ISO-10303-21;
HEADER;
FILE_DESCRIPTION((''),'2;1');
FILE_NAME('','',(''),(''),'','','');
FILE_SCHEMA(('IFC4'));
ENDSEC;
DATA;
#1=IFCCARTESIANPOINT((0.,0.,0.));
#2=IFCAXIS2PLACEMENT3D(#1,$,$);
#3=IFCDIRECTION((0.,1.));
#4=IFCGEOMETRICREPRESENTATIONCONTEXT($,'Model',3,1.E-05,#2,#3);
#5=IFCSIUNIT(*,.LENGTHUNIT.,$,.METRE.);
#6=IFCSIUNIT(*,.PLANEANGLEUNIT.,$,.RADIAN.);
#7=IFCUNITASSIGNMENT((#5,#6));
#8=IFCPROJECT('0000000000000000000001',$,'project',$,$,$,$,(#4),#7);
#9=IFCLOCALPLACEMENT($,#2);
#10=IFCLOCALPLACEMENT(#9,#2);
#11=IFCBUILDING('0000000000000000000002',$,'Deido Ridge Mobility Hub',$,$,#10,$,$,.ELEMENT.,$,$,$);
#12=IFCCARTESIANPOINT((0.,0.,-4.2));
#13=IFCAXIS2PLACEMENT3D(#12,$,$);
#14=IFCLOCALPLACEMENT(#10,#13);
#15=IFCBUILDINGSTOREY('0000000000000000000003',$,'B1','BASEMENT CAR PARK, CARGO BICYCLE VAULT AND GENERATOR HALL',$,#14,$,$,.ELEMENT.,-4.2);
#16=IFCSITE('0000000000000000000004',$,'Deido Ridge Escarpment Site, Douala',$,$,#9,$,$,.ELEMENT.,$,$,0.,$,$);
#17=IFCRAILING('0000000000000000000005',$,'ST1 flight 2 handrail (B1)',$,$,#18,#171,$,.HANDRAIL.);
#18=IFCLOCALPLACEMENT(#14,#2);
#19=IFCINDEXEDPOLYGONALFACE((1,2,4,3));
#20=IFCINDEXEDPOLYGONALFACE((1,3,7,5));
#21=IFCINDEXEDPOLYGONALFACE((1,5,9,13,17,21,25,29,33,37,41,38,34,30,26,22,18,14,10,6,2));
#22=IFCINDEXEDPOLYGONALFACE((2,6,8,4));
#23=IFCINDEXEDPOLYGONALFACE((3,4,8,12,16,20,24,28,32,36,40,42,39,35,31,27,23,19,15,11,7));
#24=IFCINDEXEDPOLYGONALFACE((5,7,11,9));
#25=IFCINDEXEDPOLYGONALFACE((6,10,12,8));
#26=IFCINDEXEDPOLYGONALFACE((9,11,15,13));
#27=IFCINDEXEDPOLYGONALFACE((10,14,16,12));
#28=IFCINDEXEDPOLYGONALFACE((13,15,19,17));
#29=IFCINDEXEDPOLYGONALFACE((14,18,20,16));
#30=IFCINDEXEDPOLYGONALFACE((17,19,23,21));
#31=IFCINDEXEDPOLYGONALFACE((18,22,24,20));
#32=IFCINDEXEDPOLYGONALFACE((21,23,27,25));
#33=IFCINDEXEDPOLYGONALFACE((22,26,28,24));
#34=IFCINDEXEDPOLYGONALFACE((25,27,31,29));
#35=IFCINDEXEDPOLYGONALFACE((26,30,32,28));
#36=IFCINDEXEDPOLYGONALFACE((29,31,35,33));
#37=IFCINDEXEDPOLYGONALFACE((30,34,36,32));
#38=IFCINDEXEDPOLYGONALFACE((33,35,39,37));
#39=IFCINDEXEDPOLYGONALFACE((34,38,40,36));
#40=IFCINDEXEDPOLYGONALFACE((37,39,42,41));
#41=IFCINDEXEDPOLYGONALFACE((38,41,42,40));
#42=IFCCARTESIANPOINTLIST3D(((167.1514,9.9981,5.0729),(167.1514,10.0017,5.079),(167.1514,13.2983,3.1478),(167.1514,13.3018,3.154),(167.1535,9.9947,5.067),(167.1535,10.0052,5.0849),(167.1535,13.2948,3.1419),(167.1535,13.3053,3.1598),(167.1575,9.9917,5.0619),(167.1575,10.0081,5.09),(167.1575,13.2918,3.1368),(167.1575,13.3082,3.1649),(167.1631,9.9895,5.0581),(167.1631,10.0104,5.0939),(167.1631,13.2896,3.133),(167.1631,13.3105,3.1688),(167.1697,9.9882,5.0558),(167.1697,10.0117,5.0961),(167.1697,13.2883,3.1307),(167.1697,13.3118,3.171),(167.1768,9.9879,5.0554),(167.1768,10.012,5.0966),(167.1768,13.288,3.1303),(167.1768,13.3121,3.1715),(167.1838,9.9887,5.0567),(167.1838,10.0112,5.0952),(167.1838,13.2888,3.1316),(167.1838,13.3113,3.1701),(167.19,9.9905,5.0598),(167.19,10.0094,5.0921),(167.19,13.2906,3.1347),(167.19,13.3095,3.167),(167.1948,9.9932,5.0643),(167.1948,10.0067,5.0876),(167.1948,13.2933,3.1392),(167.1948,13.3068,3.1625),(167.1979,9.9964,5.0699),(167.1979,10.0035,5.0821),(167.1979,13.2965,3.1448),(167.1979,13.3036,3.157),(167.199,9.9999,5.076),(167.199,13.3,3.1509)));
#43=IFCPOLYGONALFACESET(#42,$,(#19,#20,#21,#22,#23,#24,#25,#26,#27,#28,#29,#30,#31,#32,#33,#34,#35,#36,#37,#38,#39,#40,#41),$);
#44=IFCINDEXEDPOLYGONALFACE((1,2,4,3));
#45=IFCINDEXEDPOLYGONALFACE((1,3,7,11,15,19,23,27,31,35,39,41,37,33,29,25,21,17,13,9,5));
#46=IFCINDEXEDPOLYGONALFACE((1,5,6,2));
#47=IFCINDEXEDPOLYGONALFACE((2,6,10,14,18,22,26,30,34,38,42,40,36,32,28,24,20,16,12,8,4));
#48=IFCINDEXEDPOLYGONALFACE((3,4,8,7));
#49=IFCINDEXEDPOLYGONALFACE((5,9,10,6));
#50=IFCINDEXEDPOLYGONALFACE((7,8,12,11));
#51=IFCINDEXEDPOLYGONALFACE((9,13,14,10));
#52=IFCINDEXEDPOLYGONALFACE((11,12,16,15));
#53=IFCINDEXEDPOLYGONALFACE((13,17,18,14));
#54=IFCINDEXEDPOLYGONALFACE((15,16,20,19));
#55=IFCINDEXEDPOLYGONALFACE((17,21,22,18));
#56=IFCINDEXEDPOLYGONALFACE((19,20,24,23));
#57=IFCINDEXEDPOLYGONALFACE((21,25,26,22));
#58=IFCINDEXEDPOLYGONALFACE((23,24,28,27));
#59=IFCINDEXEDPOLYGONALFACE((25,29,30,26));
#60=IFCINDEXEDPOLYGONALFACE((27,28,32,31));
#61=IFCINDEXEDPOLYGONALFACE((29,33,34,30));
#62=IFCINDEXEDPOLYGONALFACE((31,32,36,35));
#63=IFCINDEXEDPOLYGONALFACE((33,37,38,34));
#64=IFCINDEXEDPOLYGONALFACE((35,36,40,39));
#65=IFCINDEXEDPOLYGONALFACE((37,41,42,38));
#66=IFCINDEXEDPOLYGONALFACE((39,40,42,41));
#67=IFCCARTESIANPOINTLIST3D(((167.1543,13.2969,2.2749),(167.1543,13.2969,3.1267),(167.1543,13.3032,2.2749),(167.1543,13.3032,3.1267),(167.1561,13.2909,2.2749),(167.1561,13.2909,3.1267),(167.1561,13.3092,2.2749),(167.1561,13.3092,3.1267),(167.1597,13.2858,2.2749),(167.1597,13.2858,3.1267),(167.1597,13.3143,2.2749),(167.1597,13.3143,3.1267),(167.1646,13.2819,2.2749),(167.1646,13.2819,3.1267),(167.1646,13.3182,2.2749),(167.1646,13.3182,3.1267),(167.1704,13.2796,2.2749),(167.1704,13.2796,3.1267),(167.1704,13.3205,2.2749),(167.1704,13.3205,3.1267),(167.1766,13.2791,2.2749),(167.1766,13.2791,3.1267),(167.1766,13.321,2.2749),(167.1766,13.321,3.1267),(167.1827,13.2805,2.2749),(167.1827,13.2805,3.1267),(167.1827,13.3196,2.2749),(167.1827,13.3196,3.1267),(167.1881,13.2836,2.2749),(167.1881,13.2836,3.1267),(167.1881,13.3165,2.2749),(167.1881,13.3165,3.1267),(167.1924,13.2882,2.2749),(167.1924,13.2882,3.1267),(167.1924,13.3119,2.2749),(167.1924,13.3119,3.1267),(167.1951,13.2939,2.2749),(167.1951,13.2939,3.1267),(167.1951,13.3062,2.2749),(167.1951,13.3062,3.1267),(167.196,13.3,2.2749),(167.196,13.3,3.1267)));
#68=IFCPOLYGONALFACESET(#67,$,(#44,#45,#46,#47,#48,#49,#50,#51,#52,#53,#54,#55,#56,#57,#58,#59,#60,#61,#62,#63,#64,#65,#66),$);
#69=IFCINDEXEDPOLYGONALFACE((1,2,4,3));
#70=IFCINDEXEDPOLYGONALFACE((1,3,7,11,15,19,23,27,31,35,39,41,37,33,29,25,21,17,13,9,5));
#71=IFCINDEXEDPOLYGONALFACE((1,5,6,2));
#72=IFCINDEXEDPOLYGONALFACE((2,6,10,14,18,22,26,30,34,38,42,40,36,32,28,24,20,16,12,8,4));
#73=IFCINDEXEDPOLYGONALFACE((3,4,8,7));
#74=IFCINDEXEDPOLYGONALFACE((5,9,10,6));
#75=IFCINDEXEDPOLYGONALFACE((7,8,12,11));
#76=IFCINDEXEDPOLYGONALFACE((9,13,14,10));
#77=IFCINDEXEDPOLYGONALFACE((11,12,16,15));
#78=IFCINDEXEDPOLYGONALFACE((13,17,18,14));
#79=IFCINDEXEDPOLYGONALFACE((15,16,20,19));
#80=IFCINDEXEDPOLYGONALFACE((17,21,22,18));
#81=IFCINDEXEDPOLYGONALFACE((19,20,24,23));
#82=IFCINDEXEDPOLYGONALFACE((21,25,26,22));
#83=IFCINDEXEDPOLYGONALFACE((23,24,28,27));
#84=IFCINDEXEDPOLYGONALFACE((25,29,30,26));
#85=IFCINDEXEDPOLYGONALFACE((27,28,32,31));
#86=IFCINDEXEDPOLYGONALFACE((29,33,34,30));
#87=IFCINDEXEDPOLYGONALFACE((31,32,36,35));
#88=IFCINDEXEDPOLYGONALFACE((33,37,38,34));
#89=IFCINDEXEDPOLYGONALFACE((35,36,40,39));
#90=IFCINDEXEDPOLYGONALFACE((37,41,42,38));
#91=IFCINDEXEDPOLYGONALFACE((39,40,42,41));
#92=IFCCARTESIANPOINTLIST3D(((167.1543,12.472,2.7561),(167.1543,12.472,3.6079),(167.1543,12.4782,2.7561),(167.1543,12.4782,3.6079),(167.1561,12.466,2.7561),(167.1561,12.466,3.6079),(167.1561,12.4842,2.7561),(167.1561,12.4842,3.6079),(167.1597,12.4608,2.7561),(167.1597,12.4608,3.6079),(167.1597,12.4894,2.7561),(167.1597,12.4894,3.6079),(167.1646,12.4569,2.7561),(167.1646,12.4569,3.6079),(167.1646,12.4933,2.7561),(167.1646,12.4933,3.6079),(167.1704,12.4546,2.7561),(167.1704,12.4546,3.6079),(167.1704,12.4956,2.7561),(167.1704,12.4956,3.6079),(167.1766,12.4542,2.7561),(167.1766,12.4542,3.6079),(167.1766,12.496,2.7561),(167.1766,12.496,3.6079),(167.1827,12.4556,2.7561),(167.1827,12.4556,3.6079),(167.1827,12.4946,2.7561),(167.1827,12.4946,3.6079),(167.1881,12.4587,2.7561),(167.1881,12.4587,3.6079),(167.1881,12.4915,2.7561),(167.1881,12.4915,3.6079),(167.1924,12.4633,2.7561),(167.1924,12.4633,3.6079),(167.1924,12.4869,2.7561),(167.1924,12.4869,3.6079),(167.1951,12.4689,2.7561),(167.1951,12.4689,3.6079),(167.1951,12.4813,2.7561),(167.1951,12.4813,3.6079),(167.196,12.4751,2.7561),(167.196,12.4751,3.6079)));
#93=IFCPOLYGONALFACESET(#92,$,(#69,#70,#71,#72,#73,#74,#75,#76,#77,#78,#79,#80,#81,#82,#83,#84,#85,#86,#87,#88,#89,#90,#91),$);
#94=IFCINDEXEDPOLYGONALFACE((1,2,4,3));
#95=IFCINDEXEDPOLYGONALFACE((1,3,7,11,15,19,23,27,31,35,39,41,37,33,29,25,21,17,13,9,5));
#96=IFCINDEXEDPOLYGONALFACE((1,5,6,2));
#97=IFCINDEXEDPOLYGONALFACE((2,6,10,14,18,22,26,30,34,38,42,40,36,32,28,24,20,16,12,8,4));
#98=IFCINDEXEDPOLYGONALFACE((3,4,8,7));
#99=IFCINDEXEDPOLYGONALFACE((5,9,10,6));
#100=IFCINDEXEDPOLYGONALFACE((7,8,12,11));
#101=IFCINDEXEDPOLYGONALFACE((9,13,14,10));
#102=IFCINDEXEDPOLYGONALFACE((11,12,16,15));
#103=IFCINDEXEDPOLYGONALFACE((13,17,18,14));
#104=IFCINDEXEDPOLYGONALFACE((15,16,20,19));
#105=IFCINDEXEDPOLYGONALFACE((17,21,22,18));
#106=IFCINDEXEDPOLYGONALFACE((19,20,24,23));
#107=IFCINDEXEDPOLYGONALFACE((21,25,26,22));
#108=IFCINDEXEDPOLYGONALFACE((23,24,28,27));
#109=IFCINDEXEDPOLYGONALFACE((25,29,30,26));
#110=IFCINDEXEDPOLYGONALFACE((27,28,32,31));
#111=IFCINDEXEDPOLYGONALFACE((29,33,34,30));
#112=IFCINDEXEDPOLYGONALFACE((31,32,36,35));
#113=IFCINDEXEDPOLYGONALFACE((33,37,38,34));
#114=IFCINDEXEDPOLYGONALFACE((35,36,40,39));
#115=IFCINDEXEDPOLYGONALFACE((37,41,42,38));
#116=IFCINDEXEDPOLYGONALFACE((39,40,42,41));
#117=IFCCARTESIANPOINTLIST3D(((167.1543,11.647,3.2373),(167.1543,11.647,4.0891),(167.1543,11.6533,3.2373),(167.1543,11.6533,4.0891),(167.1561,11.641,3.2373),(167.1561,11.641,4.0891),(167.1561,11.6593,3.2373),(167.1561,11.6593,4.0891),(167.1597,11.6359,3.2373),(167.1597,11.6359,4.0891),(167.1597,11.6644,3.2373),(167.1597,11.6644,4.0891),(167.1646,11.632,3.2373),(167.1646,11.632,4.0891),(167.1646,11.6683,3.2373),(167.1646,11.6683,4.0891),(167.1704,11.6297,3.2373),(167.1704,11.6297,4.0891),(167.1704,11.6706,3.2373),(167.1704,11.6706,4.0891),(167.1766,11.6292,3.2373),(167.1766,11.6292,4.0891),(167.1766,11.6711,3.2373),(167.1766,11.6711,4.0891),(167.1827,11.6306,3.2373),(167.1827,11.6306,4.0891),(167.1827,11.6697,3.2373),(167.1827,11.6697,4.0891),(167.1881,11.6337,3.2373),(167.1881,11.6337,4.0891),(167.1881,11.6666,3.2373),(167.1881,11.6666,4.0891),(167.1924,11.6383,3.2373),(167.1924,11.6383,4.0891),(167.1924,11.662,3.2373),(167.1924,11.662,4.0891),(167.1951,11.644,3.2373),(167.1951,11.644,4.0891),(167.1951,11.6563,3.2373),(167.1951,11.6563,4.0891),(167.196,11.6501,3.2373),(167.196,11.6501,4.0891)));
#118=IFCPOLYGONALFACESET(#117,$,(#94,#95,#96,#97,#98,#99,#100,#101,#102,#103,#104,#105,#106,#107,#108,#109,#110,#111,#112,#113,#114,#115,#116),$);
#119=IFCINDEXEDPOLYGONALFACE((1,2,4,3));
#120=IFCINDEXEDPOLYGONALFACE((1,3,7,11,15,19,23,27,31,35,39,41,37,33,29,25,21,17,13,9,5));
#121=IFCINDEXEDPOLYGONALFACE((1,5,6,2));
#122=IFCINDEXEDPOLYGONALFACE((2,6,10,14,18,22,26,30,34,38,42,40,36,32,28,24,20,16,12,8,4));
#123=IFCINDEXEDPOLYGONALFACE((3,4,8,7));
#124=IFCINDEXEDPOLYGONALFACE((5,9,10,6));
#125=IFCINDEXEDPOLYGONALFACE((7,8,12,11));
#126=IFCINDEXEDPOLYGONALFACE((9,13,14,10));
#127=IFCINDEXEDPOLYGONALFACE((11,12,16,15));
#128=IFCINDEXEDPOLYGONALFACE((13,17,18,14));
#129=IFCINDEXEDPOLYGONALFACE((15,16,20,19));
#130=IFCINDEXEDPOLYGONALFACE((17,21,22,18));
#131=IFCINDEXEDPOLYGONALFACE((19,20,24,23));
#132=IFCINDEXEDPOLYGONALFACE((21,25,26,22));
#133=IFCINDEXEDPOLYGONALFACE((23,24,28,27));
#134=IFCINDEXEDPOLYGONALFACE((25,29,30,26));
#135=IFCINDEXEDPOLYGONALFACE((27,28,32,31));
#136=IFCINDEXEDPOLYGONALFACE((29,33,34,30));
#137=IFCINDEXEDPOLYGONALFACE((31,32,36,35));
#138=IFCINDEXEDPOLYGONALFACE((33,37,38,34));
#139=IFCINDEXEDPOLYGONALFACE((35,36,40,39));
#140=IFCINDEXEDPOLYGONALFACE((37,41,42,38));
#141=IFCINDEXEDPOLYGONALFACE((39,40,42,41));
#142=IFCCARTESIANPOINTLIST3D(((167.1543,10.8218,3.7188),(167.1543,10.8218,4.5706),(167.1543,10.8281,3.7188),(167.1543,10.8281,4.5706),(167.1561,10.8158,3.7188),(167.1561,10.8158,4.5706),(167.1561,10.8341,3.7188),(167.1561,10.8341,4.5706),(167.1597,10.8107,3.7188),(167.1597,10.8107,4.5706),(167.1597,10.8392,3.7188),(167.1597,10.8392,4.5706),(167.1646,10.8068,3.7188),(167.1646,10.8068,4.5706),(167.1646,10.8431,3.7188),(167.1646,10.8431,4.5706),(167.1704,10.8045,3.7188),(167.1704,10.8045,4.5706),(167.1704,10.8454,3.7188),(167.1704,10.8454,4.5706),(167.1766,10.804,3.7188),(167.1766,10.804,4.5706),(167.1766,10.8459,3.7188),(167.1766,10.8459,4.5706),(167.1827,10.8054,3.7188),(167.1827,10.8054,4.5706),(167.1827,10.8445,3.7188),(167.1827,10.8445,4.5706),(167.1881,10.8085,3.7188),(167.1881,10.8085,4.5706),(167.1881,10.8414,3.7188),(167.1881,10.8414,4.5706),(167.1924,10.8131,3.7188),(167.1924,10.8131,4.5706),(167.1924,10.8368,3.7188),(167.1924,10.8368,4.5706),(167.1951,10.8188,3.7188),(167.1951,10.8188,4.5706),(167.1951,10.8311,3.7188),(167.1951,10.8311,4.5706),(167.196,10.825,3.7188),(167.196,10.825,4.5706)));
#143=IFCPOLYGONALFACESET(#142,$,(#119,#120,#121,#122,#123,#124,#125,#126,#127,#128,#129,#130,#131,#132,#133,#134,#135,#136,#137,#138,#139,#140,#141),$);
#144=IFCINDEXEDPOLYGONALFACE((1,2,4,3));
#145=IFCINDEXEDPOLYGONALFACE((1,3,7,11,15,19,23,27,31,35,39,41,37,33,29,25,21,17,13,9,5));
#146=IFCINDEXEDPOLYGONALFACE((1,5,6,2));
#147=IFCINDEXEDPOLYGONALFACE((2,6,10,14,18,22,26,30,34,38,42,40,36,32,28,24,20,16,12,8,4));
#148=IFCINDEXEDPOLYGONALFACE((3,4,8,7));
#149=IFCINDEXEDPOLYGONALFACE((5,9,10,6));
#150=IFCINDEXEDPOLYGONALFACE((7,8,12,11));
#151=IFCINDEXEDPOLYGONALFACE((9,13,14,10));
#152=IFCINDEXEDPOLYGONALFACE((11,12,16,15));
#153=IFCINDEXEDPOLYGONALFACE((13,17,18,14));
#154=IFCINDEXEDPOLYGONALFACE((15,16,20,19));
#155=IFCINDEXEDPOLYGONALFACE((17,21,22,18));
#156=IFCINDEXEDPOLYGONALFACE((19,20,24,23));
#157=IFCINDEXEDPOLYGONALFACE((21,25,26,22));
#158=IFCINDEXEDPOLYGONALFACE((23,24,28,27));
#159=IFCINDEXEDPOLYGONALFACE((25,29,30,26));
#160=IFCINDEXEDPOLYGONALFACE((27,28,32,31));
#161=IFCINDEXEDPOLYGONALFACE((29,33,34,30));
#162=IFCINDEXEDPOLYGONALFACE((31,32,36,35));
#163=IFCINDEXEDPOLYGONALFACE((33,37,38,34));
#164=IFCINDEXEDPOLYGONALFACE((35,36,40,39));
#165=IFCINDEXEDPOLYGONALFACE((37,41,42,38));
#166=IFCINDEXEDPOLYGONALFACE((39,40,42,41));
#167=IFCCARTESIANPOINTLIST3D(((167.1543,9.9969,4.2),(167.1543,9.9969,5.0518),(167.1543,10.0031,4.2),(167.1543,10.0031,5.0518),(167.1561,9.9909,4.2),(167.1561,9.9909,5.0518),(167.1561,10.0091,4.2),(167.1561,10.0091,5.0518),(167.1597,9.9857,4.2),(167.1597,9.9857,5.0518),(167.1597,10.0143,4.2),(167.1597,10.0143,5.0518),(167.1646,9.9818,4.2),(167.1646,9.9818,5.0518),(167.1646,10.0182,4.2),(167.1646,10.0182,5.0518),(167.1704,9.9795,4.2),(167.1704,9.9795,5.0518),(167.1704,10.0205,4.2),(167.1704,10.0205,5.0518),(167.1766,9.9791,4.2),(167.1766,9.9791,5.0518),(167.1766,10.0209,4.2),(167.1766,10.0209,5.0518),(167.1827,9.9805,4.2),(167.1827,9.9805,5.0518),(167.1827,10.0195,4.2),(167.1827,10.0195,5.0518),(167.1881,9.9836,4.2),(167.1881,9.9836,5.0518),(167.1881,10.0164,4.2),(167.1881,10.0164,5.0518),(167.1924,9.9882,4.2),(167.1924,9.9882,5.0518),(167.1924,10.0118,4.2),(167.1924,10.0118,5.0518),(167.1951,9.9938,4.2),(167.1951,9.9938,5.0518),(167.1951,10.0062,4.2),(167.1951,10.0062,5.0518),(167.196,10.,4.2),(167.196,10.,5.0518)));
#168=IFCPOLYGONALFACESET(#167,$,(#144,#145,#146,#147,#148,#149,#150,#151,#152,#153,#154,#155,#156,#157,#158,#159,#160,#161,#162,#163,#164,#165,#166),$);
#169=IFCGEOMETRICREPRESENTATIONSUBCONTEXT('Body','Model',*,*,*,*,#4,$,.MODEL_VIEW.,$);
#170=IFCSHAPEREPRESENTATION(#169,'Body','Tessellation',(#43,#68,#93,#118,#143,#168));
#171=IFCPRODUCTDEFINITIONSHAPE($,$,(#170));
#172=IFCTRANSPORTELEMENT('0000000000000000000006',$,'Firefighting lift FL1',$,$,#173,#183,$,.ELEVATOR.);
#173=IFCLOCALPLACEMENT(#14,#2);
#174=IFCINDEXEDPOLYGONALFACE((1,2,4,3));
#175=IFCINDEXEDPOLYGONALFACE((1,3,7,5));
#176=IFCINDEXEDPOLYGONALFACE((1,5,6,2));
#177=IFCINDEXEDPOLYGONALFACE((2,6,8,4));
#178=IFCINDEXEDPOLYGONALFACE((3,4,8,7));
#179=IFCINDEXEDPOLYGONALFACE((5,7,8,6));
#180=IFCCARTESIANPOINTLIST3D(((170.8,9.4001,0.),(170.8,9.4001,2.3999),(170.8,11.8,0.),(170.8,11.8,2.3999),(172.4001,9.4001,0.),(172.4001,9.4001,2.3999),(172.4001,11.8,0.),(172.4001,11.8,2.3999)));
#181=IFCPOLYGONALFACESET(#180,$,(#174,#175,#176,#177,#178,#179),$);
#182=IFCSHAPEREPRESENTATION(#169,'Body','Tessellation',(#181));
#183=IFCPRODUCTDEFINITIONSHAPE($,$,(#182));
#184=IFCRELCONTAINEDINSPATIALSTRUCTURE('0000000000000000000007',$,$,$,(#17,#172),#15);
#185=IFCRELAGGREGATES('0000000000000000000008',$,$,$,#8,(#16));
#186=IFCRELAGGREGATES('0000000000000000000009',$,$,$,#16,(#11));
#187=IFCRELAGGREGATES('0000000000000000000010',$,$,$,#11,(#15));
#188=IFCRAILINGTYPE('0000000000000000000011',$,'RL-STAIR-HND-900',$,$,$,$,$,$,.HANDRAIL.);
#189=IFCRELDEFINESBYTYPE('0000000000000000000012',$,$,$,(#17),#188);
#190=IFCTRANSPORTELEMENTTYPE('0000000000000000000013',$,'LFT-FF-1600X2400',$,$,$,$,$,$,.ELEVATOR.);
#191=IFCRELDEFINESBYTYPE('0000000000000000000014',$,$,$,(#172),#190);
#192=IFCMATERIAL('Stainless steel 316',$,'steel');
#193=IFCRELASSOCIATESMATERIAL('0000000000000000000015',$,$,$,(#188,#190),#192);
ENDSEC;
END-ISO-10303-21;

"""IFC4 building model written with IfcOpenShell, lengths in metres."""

from ifc_helpers import new_model, si_unit, direction, frame, origin, origin_2d, place, context, subcontext, project, spatial, rectangle, circle, extrude, material, type_object, element, save


model = new_model("IFC4")

# Units and contexts
model_context = context("Model", 3, precision=1e-05, world=origin(), true_north=direction((0.0, 1.0)))
body_context = subcontext(model_context, "Body", "Model", "MODEL_VIEW")
ifc_project = project(units=[si_unit("LENGTHUNIT", "METRE"), si_unit("PLANEANGLEUNIT", "RADIAN")], contexts=[model_context])

# Site, building, storey
site_placement = place(None, origin())
site = spatial("IfcSite", under=ifc_project, at=site_placement, Name="Deido Ridge Escarpment Site, Douala", CompositionType="ELEMENT", RefElevation=0.0)
building_placement = place(site_placement, origin())
building = spatial("IfcBuilding", under=site, at=building_placement, Name="Deido Ridge Mobility Hub", CompositionType="ELEMENT")
storey_placement = place(building_placement, frame((0.0, 0.0, -4.2)))
storey = spatial("IfcBuildingStorey", under=building, at=storey_placement, Name="B1", Description="BASEMENT CAR PARK, CARGO BICYCLE VAULT AND GENERATOR HALL", CompositionType="ELEMENT", Elevation=-4.2)

# Shared definitions
ifc_material_1 = material(Name="Stainless steel 316", Category="steel")

# Railing
railing_type_1 = type_object("IfcRailingType", Name="RL-STAIR-HND-900", PredefinedType="HANDRAIL", material=ifc_material_1)
railing_1_placement = place(storey_placement, frame((167.175, 13.3, 2.2749)))
element("IfcRailing", 1, at=railing_1_placement, inside=storey, type_object=railing_type_1, Name="ST1 flight 2 handrail (B1)", PredefinedType="HANDRAIL", context=body_context, shape_type="SweptSolid", body=[
    extrude(circle(Radius=0.0239, at=origin_2d()), frame((0.0, 0.0, 0.876), z_axis=(0.0, -0.863777, 0.503875), x_axis=(1.0, 0.0, 0.0)), (0.0, 0.0, 1.0), 3.8206),
    extrude(circle(Radius=0.021, at=origin_2d()), origin(), (0.0, 0.0, 1.0), 0.8518),
    extrude(circle(Radius=0.021, at=origin_2d()), frame((0.0, -0.825, 0.4812)), (0.0, 0.0, 1.0), 0.8518),
    extrude(circle(Radius=0.021, at=origin_2d()), frame((0.0, -1.6499, 0.9624)), (0.0, 0.0, 1.0), 0.8518),
    extrude(circle(Radius=0.021, at=origin_2d()), frame((0.0, -2.4751, 1.4438)), (0.0, 0.0, 1.0), 0.8518),
    extrude(circle(Radius=0.021, at=origin_2d()), frame((0.0, -3.3, 1.925)), (0.0, 0.0, 1.0), 0.8518),
])

# Transport element
transport_element_type = type_object("IfcTransportElementType", Name="LFT-FF-1600X2400", PredefinedType="ELEVATOR", material=ifc_material_1)
transport_element_placement = place(storey_placement, frame((171.6001, 10.6001, 0.0), z_axis=(0.0, 0.0, 1.0), x_axis=(1.0, 0.0, 0.0)))
element("IfcTransportElement", 2, at=transport_element_placement, inside=storey, type_object=transport_element_type, Name="Firefighting lift FL1", PredefinedType="ELEVATOR", context=body_context, shape_type="SweptSolid", body=[
    extrude(rectangle(XDim=1.6001, YDim=2.3999, at=origin_2d()), origin(), (0.0, 0.0, 1.0), 2.3999),
])

save(model, "model.ifc")
